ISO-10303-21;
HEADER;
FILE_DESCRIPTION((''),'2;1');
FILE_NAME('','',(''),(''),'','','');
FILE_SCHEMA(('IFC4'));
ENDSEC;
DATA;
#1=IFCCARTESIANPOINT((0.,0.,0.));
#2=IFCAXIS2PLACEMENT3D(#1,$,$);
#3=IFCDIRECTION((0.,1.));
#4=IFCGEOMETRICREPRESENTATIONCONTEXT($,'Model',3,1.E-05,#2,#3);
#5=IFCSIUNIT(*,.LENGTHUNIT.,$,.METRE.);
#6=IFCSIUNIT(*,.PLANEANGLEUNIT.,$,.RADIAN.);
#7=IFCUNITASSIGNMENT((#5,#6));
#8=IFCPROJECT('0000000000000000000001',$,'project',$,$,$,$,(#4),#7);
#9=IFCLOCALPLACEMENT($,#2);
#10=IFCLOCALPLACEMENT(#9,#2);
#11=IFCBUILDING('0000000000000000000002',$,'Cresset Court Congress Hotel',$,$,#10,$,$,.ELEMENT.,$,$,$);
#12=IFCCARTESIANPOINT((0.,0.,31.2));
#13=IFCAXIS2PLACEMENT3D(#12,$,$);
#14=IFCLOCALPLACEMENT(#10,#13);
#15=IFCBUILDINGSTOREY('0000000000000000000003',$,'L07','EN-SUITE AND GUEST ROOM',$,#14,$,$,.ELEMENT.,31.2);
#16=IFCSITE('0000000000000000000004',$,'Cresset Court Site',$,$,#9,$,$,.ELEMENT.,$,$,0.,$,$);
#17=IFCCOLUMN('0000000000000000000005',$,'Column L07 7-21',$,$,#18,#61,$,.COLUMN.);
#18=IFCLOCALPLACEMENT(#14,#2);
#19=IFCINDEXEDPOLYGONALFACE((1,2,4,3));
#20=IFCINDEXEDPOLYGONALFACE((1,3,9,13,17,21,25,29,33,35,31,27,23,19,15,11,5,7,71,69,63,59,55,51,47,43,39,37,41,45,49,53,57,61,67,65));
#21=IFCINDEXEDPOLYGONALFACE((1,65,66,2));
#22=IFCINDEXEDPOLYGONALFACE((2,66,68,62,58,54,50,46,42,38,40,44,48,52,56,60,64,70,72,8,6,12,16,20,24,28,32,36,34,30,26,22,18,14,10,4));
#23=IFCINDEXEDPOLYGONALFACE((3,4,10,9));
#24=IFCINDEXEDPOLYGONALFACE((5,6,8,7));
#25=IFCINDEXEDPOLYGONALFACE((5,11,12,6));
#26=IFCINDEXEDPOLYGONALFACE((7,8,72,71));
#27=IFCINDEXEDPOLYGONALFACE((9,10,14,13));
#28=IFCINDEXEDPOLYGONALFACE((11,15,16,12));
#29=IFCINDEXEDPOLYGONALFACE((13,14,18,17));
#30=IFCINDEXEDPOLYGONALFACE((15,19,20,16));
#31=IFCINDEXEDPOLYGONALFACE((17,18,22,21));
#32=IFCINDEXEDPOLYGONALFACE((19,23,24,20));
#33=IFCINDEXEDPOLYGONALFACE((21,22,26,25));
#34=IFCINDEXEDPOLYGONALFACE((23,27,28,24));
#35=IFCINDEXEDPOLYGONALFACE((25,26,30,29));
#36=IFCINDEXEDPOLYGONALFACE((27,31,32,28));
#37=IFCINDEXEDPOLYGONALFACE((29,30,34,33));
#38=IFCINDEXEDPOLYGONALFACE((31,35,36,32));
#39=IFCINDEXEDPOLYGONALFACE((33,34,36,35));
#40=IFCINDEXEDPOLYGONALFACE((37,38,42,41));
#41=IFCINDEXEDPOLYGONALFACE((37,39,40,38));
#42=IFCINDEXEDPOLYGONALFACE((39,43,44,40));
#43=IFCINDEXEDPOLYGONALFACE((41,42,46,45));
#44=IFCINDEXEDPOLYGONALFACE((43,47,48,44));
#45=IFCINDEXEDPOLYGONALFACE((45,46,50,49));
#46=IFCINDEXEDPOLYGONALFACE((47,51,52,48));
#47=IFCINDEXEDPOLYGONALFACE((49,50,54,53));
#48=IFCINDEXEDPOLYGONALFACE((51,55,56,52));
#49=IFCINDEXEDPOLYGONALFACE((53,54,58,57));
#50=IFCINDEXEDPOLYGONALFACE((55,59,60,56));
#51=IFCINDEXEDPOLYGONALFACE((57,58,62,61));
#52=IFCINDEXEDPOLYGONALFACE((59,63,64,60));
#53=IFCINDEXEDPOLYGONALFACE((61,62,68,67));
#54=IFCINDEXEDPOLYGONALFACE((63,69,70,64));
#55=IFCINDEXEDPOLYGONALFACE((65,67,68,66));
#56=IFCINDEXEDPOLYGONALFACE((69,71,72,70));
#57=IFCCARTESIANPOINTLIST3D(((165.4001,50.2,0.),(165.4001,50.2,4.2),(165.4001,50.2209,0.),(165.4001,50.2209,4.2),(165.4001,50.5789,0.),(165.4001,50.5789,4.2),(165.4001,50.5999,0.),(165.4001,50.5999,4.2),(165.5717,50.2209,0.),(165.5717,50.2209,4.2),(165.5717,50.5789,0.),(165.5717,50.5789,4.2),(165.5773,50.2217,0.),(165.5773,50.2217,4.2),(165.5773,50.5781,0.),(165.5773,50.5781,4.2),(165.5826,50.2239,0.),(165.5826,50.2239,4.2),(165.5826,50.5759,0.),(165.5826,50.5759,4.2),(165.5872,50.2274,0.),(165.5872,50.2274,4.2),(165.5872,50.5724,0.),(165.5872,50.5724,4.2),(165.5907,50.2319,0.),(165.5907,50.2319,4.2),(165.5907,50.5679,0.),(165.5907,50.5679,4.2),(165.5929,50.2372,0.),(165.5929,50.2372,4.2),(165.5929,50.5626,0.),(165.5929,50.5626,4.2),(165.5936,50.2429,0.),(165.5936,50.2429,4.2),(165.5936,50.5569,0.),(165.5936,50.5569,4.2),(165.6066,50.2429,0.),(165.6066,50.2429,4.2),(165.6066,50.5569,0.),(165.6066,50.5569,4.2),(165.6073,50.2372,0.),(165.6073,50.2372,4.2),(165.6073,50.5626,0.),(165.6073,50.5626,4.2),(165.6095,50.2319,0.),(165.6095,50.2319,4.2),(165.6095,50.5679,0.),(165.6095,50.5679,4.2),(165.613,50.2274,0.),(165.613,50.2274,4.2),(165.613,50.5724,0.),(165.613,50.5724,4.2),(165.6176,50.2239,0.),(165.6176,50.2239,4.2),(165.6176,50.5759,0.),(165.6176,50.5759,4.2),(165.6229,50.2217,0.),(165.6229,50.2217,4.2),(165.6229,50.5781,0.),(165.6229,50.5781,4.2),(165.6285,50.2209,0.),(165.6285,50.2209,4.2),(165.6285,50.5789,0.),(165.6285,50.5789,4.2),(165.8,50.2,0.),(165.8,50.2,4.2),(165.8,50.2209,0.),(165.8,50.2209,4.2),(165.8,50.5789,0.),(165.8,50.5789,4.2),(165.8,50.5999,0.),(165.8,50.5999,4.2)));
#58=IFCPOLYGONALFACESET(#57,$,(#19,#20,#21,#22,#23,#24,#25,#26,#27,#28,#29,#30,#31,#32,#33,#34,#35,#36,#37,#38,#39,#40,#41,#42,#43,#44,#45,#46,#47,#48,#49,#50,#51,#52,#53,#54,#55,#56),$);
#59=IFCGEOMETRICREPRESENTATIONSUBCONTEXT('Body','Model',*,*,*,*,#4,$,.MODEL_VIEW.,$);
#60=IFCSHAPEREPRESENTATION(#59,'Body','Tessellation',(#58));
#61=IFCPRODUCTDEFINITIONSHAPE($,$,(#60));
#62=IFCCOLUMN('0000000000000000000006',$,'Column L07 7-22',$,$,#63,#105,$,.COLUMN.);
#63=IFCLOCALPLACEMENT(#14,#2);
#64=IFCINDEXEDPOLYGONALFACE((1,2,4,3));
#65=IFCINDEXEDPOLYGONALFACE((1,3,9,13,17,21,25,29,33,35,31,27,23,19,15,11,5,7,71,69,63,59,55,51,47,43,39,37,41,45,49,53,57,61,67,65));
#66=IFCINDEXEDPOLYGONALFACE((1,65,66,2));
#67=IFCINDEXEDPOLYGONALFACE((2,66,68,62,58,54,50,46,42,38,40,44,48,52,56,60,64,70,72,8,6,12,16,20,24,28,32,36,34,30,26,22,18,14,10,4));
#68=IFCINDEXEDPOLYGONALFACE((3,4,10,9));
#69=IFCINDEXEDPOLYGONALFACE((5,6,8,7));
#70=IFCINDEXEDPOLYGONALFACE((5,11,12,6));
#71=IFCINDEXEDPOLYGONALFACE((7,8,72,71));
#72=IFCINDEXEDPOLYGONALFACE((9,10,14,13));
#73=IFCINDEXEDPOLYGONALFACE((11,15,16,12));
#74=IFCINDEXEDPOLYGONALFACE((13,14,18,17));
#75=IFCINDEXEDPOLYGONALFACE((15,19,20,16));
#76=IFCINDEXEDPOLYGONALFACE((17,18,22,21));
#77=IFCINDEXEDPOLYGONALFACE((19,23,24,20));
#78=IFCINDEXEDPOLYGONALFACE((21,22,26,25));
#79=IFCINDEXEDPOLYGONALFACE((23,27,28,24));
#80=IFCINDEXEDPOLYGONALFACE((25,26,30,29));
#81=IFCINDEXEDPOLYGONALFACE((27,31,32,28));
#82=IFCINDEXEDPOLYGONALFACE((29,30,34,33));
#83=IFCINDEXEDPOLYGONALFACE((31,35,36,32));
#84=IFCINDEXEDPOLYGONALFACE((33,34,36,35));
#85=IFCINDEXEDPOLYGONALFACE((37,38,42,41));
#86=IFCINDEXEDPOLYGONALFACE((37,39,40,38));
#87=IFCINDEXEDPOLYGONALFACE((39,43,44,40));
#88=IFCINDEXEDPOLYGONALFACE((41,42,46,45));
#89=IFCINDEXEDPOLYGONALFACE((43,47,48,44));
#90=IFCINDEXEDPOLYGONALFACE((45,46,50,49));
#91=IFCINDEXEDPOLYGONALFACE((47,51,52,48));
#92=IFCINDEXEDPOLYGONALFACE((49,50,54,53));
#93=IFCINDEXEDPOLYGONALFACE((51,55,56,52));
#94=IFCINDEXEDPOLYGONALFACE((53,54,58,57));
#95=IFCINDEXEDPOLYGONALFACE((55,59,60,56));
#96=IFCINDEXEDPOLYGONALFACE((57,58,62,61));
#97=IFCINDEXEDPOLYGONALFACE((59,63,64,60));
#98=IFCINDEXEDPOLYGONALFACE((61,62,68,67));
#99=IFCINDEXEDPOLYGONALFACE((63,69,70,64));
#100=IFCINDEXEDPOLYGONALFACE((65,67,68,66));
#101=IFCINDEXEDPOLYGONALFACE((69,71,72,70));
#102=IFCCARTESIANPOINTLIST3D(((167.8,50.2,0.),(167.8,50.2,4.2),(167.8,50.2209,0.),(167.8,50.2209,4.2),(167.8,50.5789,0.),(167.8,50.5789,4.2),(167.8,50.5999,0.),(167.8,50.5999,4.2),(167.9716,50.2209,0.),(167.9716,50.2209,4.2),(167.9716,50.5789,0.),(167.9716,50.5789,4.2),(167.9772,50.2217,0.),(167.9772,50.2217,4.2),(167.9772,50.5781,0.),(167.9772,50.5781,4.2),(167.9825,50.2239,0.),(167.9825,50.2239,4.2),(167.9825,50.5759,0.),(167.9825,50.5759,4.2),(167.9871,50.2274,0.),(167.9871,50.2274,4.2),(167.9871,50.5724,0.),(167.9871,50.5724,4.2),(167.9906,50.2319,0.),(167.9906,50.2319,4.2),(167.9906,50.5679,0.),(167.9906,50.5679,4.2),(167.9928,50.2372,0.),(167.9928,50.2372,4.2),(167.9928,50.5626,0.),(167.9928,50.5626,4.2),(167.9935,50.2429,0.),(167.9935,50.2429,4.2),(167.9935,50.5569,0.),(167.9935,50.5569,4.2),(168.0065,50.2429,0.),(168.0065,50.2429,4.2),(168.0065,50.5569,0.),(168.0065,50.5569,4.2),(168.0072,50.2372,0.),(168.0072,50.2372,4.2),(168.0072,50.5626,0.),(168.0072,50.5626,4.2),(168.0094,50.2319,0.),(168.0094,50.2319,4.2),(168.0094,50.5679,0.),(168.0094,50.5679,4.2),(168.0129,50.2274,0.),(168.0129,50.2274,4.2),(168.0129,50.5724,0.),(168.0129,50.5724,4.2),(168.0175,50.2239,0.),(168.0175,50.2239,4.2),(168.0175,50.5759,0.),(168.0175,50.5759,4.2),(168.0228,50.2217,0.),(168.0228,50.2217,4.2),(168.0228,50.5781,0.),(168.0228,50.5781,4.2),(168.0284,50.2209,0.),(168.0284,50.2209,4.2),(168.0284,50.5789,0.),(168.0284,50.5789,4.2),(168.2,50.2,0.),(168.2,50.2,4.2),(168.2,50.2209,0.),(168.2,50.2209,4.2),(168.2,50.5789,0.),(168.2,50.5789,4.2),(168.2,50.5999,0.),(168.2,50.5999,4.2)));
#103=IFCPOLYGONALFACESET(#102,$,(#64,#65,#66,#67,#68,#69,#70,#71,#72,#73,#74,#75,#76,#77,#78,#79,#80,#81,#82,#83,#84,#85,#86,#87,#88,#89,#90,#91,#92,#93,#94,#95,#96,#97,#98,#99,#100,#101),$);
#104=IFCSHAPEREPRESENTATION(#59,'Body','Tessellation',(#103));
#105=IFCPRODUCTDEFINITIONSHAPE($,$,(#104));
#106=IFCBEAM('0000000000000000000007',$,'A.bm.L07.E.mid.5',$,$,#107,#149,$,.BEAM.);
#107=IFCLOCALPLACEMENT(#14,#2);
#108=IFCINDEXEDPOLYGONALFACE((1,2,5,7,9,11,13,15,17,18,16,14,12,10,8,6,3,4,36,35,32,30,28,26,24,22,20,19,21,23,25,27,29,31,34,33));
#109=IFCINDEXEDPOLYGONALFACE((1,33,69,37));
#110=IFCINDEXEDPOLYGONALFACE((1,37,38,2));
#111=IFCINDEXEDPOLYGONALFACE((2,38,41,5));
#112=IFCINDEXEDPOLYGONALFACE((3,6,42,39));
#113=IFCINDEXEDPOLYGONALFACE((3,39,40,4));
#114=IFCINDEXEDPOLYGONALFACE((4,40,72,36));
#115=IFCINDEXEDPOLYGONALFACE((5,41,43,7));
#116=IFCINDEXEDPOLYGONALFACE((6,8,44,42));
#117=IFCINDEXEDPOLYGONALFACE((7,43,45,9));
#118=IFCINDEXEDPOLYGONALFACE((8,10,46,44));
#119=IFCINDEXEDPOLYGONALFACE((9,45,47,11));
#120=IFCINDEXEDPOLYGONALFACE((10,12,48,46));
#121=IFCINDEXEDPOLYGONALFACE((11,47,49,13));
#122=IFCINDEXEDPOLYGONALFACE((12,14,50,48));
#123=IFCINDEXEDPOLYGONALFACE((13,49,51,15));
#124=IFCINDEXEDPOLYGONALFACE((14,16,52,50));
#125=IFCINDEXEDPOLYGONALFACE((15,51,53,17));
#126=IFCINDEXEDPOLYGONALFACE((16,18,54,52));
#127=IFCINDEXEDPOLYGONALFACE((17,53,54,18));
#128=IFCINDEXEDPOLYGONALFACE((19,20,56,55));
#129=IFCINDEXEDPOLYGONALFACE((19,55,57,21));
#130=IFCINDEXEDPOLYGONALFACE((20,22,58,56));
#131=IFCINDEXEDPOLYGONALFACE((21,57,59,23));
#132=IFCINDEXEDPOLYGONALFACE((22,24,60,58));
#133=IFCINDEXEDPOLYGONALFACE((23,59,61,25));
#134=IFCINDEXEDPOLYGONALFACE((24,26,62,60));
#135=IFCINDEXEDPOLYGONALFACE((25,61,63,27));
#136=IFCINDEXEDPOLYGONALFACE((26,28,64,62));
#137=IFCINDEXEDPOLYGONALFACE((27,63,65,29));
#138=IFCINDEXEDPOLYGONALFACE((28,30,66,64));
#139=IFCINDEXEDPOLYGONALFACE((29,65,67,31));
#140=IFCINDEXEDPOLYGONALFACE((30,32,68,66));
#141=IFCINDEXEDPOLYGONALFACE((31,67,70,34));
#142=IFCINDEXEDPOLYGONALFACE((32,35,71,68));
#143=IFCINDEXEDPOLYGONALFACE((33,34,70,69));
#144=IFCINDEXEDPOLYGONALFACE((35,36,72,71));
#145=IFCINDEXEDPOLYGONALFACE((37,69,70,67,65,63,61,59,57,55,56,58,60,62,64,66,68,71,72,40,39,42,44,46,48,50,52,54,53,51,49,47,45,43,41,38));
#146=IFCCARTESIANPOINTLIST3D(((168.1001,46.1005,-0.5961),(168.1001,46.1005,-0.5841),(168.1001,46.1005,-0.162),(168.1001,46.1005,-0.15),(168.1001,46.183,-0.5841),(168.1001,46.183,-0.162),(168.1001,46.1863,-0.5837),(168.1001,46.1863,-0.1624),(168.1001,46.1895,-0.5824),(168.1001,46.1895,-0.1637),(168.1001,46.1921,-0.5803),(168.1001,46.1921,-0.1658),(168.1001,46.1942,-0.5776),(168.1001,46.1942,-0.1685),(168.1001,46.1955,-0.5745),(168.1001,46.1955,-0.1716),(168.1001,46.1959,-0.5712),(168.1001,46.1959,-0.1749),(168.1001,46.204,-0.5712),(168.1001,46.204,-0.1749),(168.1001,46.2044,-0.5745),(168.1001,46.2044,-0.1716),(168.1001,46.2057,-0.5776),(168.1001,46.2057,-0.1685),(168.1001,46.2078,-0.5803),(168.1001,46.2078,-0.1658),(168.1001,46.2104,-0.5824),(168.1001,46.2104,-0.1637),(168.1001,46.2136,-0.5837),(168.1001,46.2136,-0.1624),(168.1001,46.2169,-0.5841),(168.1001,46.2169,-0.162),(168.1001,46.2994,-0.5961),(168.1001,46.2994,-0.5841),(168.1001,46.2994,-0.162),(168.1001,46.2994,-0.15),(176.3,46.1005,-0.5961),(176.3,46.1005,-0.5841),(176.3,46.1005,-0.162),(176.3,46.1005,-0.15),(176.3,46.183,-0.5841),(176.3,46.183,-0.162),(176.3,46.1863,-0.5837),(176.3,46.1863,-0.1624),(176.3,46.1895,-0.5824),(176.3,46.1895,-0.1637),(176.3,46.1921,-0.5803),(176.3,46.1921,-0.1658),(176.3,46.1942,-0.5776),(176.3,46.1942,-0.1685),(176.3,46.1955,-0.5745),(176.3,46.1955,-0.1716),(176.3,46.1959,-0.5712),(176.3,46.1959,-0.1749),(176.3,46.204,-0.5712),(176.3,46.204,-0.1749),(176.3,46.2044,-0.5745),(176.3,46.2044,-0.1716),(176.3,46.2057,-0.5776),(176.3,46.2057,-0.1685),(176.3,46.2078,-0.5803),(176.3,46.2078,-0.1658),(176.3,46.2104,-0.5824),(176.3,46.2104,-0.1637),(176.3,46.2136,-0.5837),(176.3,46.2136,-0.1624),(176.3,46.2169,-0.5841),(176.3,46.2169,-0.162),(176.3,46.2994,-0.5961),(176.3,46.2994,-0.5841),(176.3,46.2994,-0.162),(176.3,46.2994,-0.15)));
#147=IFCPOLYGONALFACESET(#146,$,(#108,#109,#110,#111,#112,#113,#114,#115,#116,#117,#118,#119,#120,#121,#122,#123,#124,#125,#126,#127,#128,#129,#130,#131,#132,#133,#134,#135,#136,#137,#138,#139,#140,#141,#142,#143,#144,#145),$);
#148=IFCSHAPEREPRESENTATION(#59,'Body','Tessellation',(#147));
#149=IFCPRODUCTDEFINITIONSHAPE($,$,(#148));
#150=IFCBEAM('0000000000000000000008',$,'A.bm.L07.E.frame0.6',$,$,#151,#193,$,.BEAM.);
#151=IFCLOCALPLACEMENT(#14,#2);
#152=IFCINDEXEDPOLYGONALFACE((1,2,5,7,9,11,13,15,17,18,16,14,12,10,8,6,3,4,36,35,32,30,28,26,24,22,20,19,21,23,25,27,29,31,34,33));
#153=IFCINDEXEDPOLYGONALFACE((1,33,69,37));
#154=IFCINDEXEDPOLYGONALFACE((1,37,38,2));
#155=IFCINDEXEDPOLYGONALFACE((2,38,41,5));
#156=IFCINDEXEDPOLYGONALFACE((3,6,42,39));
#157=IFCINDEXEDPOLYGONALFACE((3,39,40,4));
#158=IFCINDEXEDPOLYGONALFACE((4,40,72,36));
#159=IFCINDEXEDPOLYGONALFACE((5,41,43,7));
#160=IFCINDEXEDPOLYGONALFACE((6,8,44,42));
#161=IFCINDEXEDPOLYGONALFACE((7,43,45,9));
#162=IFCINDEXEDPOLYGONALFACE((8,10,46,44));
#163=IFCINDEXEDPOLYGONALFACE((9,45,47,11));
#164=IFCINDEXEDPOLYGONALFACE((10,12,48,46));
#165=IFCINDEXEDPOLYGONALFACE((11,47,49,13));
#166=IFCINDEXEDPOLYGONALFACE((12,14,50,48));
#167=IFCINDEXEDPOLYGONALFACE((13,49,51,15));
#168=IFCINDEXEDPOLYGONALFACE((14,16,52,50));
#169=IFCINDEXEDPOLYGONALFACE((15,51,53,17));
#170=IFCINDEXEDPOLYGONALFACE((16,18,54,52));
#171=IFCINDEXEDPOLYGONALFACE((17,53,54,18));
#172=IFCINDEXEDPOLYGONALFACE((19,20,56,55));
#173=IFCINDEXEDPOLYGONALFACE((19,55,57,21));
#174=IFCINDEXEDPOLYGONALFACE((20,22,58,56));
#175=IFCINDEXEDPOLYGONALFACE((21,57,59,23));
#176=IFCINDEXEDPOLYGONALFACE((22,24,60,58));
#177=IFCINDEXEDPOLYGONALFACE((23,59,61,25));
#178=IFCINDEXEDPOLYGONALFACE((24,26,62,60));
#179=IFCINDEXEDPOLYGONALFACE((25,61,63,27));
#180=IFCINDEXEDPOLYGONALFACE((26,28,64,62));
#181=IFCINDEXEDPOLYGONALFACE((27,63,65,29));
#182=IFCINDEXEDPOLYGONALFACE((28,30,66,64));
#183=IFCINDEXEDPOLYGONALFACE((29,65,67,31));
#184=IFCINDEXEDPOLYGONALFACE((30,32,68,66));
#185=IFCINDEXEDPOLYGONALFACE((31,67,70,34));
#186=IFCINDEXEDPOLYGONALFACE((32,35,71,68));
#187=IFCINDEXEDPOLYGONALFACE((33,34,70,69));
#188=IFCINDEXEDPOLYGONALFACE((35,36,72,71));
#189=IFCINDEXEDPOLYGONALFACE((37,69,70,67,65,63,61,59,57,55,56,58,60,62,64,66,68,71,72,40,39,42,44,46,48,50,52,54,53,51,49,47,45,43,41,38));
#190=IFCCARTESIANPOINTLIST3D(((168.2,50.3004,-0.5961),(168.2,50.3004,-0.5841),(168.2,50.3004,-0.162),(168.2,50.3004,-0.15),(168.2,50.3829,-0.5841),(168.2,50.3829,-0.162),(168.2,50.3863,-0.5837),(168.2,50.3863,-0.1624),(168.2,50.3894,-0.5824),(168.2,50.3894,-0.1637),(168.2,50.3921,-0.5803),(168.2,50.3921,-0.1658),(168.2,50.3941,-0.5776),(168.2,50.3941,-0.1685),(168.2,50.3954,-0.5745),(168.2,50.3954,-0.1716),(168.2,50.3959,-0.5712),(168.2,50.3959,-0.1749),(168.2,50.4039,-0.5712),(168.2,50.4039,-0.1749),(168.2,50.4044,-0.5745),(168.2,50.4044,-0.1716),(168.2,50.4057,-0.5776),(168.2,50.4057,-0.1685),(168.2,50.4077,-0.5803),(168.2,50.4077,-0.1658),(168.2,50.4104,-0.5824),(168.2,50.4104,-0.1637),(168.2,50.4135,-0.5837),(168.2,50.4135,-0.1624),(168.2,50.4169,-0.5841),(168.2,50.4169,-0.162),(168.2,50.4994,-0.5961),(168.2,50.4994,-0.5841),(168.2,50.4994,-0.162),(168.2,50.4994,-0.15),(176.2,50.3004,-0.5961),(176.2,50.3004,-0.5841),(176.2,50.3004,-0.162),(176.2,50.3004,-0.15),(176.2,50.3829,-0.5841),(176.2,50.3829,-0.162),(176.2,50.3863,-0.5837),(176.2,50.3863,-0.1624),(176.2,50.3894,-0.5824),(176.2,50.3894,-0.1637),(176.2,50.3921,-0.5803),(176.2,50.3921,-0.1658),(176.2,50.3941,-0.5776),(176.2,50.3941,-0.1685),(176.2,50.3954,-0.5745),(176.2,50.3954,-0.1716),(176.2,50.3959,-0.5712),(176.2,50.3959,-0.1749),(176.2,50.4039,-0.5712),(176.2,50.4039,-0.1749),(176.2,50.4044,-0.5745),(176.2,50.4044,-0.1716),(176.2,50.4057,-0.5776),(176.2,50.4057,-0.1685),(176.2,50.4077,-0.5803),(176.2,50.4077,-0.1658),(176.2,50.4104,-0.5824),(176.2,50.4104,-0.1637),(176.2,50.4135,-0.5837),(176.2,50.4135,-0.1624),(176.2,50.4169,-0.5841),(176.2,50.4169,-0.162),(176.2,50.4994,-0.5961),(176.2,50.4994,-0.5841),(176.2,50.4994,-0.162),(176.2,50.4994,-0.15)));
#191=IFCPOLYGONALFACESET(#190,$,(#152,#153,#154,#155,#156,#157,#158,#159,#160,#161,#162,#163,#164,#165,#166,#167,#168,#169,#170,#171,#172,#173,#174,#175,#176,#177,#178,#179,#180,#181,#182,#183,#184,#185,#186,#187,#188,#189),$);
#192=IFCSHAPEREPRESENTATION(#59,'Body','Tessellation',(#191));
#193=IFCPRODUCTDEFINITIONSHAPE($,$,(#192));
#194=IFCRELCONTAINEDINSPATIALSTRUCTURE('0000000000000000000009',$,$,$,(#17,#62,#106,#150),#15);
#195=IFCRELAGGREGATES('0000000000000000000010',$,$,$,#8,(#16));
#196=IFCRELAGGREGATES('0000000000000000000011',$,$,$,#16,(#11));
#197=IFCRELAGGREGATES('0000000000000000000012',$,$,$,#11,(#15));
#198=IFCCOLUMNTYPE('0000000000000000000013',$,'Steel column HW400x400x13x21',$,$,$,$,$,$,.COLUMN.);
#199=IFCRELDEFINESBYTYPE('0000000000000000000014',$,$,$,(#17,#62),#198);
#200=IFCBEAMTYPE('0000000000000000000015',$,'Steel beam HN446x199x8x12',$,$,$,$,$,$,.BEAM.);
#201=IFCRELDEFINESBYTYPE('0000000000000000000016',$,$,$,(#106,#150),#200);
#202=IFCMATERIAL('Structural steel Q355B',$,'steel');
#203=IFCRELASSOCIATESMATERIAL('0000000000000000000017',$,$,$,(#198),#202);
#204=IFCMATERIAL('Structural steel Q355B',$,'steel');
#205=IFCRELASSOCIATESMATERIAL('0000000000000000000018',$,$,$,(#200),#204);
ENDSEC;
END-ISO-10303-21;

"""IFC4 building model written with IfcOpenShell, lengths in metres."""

from ifc_helpers import new_model, si_unit, direction, frame, origin, origin_2d, place, context, subcontext, project, spatial, i_section, extrude, material, material_profile, profile_set, type_object, element, save


model = new_model("IFC4")

# Units and contexts
model_context = context("Model", 3, precision=1e-05, world=origin(), true_north=direction((0.0, 1.0)))
body_context = subcontext(model_context, "Body", "Model", "MODEL_VIEW")
ifc_project = project(units=[si_unit("LENGTHUNIT", "METRE"), si_unit("PLANEANGLEUNIT", "RADIAN")], contexts=[model_context])

# Site, building, storey
site_placement = place(None, origin())
site = spatial("IfcSite", under=ifc_project, at=site_placement, Name="Cresset Court Site", CompositionType="ELEMENT", RefElevation=0.0)
building_placement = place(site_placement, origin())
building = spatial("IfcBuilding", under=site, at=building_placement, Name="Cresset Court Congress Hotel", CompositionType="ELEMENT")
storey_placement = place(building_placement, frame((0.0, 0.0, 31.2)))
storey = spatial("IfcBuildingStorey", under=building, at=storey_placement, Name="L07", Description="EN-SUITE AND GUEST ROOM", CompositionType="ELEMENT", Elevation=31.2)

# Columns
ifc_material_1 = material(Name="Structural steel Q355B", Category="steel")
ifc_material_profile_1 = material_profile(ifc_material_1, i_section(OverallWidth=0.3999, OverallDepth=0.3999, WebThickness=0.0129, FlangeThickness=0.021, FilletRadius=0.022, at=origin_2d()), Name="HW400x400x13x21")
ifc_profile_set_1 = profile_set([ifc_material_profile_1], Name="Structural steel Q355B")
column_type = type_object("IfcColumnType", Name="Steel column HW400x400x13x21", PredefinedType="COLUMN", material=ifc_profile_set_1)
for number, where, z_axis, x_axis, name in (
    (1, (165.6001, 50.3999, 0.0), (0.0, 0.0, 1.0), (1.0, 0.0, 0.0), "Column L07 7-21"),
    (2, (168.0, 50.3999, 0.0), (0.0, 0.0, 1.0), (1.0, 0.0, 0.0), "Column L07 7-22"),
):
    element("IfcColumn", number, at=place(storey_placement, frame(where, z_axis=z_axis, x_axis=x_axis)), inside=storey, type_object=column_type, Name=name, PredefinedType="COLUMN", context=body_context, shape_type="SweptSolid", body=[
        extrude(i_section(OverallWidth=0.3999, OverallDepth=0.3999, WebThickness=0.0129, FlangeThickness=0.021, FilletRadius=0.022, at=origin_2d()), origin(), (0.0, 0.0, 1.0), 4.2),
    ])

# Beams
ifc_material_2 = material(Name="Structural steel Q355B", Category="steel")
ifc_material_profile_2 = material_profile(ifc_material_2, i_section(OverallWidth=0.199, OverallDepth=0.446, WebThickness=0.0081, FlangeThickness=0.012, FilletRadius=0.0129, at=origin_2d()), Name="HN446x199x8x12")
ifc_profile_set_2 = profile_set([ifc_material_profile_2], Name="Structural steel Q355B")
beam_type_1 = type_object("IfcBeamType", Name="Steel beam HN446x199x8x12", PredefinedType="BEAM", material=ifc_profile_set_2)
beam_1_placement = place(storey_placement, frame((168.1001, 46.2, -0.373), z_axis=(1.0, 0.0, 0.0), x_axis=(0.0, 1.0, 0.0)))
element("IfcBeam", 3, at=beam_1_placement, inside=storey, type_object=beam_type_1, Name="A.bm.L07.E.mid.5", PredefinedType="BEAM", context=body_context, shape_type="SweptSolid", body=[
    extrude(i_section(OverallWidth=0.199, OverallDepth=0.446, WebThickness=0.0081, FlangeThickness=0.012, FilletRadius=0.0129, at=origin_2d()), origin(), (0.0, 0.0, 1.0), 8.2),
])
beam_2_placement = place(storey_placement, frame((168.2, 50.3999, -0.373), z_axis=(1.0, 0.0, 0.0), x_axis=(0.0, 1.0, 0.0)))
element("IfcBeam", 4, at=beam_2_placement, inside=storey, type_object=beam_type_1, Name="A.bm.L07.E.frame0.6", PredefinedType="BEAM", context=body_context, shape_type="SweptSolid", body=[
    extrude(i_section(OverallWidth=0.199, OverallDepth=0.446, WebThickness=0.0081, FlangeThickness=0.012, FilletRadius=0.0129, at=origin_2d()), origin(), (0.0, 0.0, 1.0), 8.0),
])

save(model, "model.ifc")
